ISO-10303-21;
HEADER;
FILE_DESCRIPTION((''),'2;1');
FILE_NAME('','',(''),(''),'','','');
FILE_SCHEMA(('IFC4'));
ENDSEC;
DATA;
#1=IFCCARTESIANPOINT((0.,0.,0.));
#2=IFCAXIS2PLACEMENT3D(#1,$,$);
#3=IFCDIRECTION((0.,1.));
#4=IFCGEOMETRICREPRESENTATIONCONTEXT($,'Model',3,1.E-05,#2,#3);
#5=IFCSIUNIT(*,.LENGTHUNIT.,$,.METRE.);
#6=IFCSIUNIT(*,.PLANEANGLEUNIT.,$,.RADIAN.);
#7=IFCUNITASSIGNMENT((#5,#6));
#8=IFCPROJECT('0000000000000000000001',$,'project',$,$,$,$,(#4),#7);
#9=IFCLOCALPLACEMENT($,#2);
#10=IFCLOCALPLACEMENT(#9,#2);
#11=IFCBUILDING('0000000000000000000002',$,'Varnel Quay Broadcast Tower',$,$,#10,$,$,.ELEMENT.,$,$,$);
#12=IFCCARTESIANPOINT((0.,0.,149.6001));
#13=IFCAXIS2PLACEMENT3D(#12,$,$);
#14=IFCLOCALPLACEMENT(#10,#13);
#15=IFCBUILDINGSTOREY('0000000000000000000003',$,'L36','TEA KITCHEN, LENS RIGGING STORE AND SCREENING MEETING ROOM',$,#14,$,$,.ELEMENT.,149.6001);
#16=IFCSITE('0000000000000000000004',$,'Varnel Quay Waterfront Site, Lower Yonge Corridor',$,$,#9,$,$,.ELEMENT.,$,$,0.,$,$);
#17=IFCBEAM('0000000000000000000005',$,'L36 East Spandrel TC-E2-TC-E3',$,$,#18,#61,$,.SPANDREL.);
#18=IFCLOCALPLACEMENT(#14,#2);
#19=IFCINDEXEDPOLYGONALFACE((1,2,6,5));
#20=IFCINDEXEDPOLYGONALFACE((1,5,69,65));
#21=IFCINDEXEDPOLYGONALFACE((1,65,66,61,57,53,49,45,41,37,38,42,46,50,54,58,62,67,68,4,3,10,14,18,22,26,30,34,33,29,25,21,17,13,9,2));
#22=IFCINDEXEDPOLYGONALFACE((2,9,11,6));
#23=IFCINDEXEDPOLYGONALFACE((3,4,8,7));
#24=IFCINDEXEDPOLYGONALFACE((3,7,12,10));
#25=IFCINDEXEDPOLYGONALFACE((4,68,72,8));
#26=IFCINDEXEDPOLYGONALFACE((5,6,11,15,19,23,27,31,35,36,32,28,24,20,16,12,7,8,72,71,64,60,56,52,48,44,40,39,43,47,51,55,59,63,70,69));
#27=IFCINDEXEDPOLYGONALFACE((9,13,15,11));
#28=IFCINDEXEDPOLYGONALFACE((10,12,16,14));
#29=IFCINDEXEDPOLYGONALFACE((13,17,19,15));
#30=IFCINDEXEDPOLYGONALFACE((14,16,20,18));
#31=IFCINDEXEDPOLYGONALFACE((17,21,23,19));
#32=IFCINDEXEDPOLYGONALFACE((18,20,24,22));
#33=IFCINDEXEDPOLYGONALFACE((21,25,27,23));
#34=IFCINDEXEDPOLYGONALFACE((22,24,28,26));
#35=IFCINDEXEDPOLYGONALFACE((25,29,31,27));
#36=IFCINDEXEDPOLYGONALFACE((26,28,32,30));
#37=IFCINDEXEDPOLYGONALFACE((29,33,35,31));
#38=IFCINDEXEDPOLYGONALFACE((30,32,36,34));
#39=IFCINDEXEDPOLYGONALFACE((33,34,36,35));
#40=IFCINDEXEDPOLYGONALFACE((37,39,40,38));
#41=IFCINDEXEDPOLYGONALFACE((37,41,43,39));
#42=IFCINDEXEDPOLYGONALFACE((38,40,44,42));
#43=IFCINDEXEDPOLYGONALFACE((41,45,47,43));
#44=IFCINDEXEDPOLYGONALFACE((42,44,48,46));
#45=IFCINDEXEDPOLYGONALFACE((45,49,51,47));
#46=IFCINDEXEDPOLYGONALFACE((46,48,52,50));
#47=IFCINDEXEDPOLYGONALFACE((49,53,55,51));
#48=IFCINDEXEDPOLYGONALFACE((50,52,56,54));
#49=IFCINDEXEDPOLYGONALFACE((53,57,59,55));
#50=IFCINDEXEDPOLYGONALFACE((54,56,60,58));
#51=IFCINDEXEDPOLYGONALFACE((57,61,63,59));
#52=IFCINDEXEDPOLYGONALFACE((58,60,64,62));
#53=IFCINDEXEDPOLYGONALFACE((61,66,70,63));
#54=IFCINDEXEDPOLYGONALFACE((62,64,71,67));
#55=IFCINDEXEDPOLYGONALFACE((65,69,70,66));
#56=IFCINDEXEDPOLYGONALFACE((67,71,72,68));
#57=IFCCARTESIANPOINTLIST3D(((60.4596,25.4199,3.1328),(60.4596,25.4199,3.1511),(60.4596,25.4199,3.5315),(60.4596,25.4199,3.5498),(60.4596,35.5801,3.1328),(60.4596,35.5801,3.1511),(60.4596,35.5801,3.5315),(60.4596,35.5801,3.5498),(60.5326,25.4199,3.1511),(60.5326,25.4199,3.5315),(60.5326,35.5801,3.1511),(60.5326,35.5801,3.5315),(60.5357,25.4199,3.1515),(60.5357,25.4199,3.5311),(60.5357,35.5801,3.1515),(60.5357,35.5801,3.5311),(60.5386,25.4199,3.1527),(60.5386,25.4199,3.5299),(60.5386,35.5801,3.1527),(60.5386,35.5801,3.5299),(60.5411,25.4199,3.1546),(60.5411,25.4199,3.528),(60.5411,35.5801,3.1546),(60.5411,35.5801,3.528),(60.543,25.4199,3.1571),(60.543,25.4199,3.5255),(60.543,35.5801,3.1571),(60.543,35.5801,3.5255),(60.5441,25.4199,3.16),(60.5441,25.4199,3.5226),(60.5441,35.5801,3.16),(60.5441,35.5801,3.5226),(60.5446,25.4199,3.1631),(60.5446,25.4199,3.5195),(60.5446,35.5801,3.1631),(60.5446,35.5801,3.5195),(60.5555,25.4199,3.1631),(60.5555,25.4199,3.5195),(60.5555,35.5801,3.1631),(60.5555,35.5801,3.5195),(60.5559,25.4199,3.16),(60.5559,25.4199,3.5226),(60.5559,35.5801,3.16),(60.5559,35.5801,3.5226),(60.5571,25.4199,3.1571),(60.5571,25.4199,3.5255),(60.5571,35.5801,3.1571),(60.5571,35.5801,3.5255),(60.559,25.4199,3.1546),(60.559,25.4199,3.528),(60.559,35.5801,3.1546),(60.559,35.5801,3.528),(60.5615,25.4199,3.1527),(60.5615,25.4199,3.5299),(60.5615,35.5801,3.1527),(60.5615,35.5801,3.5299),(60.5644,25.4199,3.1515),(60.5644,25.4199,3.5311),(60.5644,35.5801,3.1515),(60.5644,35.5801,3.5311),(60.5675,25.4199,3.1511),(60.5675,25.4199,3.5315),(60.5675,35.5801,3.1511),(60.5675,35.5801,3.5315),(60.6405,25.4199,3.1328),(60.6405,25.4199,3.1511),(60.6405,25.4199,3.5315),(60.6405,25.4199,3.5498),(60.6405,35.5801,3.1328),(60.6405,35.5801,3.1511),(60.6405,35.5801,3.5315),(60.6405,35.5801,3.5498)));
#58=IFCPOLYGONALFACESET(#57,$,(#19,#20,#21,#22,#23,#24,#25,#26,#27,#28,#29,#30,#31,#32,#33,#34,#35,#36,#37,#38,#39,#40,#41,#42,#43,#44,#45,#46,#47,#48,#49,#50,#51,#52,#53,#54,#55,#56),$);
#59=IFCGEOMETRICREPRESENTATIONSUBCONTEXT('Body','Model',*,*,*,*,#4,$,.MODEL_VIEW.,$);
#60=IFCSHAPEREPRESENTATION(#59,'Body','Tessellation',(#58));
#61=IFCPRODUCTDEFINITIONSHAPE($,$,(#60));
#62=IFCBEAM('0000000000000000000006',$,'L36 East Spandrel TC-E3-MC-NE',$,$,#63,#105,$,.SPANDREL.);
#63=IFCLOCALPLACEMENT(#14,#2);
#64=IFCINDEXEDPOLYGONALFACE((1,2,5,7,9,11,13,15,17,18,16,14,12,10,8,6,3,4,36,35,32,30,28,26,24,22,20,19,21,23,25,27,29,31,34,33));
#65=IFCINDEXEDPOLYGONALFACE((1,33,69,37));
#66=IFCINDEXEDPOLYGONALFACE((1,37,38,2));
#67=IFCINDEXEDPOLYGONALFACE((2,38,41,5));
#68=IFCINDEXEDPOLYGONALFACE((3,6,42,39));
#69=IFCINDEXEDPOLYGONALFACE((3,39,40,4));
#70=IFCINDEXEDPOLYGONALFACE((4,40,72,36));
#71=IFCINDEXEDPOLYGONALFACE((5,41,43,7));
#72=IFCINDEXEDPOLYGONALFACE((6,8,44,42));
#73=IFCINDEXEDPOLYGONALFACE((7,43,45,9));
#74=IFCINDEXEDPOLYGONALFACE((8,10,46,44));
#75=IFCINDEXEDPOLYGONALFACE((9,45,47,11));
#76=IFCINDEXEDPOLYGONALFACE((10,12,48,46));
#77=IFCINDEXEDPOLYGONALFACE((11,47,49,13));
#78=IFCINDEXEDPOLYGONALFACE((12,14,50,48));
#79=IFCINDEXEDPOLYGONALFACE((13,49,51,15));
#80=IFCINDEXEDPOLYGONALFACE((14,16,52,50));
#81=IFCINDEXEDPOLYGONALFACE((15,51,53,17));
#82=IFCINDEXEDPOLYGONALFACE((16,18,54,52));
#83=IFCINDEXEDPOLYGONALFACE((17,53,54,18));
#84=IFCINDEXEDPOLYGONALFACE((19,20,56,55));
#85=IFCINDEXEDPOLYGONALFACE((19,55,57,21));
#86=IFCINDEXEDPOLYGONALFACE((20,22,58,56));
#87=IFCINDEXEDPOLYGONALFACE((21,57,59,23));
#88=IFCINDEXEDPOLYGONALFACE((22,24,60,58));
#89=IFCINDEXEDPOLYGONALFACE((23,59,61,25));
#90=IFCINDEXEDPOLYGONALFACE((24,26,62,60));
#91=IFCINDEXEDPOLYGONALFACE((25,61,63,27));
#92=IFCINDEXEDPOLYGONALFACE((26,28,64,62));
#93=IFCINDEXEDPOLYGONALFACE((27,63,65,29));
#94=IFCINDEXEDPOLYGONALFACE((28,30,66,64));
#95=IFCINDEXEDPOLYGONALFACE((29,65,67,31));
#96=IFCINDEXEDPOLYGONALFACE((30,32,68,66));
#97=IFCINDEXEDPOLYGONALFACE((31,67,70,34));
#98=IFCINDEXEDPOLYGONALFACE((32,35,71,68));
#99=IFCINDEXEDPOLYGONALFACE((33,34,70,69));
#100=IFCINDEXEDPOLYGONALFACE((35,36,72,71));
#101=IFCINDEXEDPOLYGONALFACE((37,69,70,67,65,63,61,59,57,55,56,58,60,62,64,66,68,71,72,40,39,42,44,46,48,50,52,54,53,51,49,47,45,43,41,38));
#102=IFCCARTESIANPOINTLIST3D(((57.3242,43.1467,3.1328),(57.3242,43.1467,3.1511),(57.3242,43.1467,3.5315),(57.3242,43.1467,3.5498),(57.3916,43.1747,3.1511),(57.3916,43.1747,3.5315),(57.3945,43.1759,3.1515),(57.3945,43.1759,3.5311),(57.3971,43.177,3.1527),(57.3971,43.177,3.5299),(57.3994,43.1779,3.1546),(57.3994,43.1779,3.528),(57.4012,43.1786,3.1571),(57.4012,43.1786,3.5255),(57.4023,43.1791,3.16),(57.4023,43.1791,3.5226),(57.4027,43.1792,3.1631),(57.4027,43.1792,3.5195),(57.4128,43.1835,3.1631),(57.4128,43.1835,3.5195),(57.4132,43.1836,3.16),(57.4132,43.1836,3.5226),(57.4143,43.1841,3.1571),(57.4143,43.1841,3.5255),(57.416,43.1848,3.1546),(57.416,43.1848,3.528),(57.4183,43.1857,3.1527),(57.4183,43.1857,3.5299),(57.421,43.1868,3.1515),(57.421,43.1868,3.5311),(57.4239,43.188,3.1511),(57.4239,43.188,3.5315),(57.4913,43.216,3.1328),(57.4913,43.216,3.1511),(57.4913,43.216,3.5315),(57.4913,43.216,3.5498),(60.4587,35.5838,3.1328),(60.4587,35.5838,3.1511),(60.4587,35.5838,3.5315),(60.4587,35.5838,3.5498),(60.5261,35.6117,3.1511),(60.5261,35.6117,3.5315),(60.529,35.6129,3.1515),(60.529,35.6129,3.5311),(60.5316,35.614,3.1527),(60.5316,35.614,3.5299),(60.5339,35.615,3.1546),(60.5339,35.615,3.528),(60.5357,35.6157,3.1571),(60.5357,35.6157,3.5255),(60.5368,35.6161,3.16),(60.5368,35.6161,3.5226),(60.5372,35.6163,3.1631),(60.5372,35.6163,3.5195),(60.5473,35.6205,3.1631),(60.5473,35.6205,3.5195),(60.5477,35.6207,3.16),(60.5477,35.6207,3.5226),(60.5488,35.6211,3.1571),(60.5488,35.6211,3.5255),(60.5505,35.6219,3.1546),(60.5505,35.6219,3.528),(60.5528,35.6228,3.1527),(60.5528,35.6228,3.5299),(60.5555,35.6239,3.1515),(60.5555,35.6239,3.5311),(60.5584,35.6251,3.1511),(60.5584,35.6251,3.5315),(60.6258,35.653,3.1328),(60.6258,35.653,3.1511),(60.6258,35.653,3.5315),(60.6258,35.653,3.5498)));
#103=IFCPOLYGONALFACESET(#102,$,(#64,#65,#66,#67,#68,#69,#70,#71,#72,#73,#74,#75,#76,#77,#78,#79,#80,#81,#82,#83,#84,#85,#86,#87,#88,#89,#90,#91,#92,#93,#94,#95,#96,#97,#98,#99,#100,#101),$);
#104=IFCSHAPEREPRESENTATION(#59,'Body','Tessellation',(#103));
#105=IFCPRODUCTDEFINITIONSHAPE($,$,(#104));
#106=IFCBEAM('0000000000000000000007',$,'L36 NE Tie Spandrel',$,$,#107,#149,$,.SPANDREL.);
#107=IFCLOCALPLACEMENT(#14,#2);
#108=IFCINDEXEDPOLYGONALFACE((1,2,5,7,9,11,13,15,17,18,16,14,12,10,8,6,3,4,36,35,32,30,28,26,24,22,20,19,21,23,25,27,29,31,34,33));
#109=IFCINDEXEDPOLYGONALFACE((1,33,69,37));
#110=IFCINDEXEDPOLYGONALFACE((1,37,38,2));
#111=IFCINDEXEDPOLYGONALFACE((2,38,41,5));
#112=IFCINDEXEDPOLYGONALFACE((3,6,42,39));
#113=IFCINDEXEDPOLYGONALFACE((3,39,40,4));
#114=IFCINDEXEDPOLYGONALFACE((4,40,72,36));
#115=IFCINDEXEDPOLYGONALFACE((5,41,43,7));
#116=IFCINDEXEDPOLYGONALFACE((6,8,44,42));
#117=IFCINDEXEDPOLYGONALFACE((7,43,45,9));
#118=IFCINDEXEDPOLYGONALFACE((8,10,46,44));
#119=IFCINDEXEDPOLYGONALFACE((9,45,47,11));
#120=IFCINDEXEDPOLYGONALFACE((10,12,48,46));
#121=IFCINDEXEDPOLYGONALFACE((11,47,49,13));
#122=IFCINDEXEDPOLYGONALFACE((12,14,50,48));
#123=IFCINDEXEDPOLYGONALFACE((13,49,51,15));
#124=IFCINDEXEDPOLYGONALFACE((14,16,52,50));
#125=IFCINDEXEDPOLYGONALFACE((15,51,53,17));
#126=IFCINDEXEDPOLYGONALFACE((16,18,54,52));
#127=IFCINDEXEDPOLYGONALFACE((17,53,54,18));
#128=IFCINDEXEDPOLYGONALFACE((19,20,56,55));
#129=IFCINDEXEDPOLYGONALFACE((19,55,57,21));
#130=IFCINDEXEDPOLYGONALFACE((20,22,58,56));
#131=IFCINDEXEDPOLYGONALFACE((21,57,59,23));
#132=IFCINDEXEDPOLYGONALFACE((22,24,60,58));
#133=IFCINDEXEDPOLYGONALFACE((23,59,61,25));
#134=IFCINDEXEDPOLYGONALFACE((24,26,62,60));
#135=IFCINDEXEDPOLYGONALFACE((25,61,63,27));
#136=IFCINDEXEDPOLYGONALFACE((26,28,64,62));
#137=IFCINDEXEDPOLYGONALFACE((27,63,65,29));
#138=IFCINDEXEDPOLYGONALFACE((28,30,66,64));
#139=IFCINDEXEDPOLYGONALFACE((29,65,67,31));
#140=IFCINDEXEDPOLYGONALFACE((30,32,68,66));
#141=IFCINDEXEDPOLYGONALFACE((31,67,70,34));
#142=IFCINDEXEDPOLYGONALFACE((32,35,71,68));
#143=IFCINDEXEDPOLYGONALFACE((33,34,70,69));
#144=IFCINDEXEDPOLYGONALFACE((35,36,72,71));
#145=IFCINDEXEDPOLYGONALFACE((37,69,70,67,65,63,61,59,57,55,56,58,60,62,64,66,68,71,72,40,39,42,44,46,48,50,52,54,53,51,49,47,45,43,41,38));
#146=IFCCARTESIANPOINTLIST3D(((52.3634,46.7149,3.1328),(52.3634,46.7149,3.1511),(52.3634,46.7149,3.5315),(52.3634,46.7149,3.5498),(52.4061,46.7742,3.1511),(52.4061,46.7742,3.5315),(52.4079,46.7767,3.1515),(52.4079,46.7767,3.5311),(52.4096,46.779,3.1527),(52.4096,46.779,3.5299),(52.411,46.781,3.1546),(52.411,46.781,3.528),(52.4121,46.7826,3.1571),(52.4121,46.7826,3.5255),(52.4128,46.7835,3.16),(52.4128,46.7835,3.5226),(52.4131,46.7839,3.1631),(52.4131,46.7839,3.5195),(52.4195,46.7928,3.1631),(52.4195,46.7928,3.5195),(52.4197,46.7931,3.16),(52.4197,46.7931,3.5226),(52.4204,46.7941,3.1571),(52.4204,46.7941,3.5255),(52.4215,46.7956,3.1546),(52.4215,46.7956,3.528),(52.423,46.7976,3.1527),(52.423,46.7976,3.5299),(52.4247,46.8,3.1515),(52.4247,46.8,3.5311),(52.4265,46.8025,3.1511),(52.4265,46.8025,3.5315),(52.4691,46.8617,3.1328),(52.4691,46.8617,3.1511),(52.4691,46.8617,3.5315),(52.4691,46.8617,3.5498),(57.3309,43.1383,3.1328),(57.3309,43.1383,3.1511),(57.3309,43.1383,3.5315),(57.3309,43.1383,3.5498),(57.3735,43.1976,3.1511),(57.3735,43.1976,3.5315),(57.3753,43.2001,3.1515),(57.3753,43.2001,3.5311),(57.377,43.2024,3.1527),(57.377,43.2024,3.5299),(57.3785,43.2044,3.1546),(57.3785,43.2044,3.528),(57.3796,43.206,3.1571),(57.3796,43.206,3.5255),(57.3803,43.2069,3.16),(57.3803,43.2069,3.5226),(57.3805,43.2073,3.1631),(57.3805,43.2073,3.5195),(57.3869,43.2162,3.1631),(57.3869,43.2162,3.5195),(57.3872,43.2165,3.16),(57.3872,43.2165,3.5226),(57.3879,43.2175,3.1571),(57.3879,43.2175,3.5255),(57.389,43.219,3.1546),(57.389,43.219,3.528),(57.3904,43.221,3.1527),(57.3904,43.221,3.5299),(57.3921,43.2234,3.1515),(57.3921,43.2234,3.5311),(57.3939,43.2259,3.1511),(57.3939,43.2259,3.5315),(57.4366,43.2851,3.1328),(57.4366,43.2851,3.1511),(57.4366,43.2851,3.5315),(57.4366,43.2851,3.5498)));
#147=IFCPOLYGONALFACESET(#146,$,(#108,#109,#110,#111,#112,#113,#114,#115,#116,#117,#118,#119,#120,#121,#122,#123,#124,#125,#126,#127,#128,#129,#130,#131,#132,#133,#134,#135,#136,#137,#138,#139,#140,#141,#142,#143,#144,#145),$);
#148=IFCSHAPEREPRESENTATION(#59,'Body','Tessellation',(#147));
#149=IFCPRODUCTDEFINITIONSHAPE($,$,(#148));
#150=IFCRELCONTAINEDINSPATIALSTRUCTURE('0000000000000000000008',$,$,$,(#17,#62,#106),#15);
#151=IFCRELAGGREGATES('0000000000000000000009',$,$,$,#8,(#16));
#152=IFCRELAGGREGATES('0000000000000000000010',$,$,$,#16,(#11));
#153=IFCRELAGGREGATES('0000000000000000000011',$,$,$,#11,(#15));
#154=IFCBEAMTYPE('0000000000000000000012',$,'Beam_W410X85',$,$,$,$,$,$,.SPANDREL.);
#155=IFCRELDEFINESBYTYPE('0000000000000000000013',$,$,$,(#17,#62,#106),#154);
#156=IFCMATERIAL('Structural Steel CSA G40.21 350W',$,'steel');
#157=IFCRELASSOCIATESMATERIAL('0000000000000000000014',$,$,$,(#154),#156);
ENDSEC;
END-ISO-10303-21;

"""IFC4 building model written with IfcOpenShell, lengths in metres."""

from ifc_helpers import new_model, si_unit, direction, frame, origin, origin_2d, place, context, subcontext, project, spatial, i_section, extrude, source, transform, mapped, material, material_profile, profile_set, type_object, type_shapes, element, save


model = new_model("IFC4")

# Units and contexts
model_context = context("Model", 3, precision=1e-05, world=origin(), true_north=direction((0.0, 1.0)))
body_context = subcontext(model_context, "Body", "Model", "MODEL_VIEW")
ifc_project = project(units=[si_unit("LENGTHUNIT", "METRE"), si_unit("PLANEANGLEUNIT", "RADIAN")], contexts=[model_context])

# Site, building, storey
site_placement = place(None, origin())
site = spatial("IfcSite", under=ifc_project, at=site_placement, Name="Varnel Quay Waterfront Site, Lower Yonge Corridor", CompositionType="ELEMENT", RefElevation=0.0)
building_placement = place(site_placement, origin())
building = spatial("IfcBuilding", under=site, at=building_placement, Name="Varnel Quay Broadcast Tower", CompositionType="ELEMENT")
storey_placement = place(building_placement, frame((0.0, 0.0, 149.6001)))
storey = spatial("IfcBuildingStorey", under=building, at=storey_placement, Name="L36", Description="TEA KITCHEN, LENS RIGGING STORE AND SCREENING MEETING ROOM", CompositionType="ELEMENT", Elevation=149.6001)

# Shared definitions
ifc_material_1 = material(Name="Structural Steel CSA G40.21 350W", Category="steel")

# Beams
ifc_material_profile_1 = material_profile(ifc_material_1, i_section(OverallWidth=0.1809, OverallDepth=0.417, WebThickness=0.011, FlangeThickness=0.0183, FilletRadius=0.012, at=origin_2d()), Name="W410X85")
ifc_profile_set_1 = profile_set([ifc_material_profile_1], Name="Structural Steel CSA G40.21 350W")
beam_type_1 = type_object("IfcBeamType", Name="Beam_W410X85", PredefinedType="SPANDREL", material=ifc_profile_set_1)
shared_shape_1 = source(origin(), body_context, "Body", "SweptSolid", [
    extrude(i_section(OverallWidth=0.1809, OverallDepth=0.417, WebThickness=0.011, FlangeThickness=0.0183, FilletRadius=0.012, at=origin_2d()), origin(), (0.0, 0.0, 1.0), 10.1602),
])
beam_1_placement = place(storey_placement, frame((60.55, 25.4199, 3.3413), z_axis=(0.0, 1.0, 0.0), x_axis=(-1.0, 0.0, 0.0)))
element("IfcBeam", 1, at=beam_1_placement, inside=storey, type_object=beam_type_1, Name="L36 East Spandrel TC-E2-TC-E3", PredefinedType="SPANDREL", context=body_context, shape_type="MappedRepresentation", body=[
    mapped(shared_shape_1, transform((0.0, 0.0, 0.0), x_axis=(1.0, 0.0, 0.0), y_axis=(0.0, 1.0, 0.0), z_axis=(0.0, 0.0, 1.0), scale=1.0)),
])
shared_shape_2 = source(origin(), body_context, "Body", "SweptSolid", [
    extrude(i_section(OverallWidth=0.1809, OverallDepth=0.417, WebThickness=0.011, FlangeThickness=0.0183, FilletRadius=0.012, at=origin_2d()), origin(), (0.0, 0.0, 1.0), 8.1868),
])
beam_2_placement = place(storey_placement, frame((60.5422, 35.6184, 3.3413), z_axis=(-0.382874, 0.923801, 0.0), x_axis=(-0.923801, -0.382874, 0.0)))
element("IfcBeam", 2, at=beam_2_placement, inside=storey, type_object=beam_type_1, Name="L36 East Spandrel TC-E3-MC-NE", PredefinedType="SPANDREL", context=body_context, shape_type="MappedRepresentation", body=[
    mapped(shared_shape_2, transform((0.0, 0.0, 0.0), x_axis=(1.0, 0.0, 0.0), y_axis=(0.0, 1.0, 0.0), z_axis=(0.0, 0.0, 1.0), scale=1.0)),
])
shared_shape_3 = source(origin(), body_context, "Body", "SweptSolid", [
    extrude(i_section(OverallWidth=0.1809, OverallDepth=0.417, WebThickness=0.011, FlangeThickness=0.0183, FilletRadius=0.012, at=origin_2d()), origin(), (0.0, 0.0, 1.0), 6.1211),
])
type_shapes(beam_type_1, [shared_shape_1, shared_shape_2, shared_shape_3])
beam_3_placement = place(storey_placement, frame((52.4163, 46.7883, 3.3413), z_axis=(0.811531, -0.584309, 0.0), x_axis=(0.584309, 0.811531, 0.0)))
element("IfcBeam", 3, at=beam_3_placement, inside=storey, type_object=beam_type_1, Name="L36 NE Tie Spandrel", PredefinedType="SPANDREL", context=body_context, shape_type="MappedRepresentation", body=[
    mapped(shared_shape_3, transform((0.0, 0.0, 0.0), x_axis=(1.0, 0.0, 0.0), y_axis=(0.0, 1.0, 0.0), z_axis=(0.0, 0.0, 1.0), scale=1.0)),
])

save(model, "model.ifc")
